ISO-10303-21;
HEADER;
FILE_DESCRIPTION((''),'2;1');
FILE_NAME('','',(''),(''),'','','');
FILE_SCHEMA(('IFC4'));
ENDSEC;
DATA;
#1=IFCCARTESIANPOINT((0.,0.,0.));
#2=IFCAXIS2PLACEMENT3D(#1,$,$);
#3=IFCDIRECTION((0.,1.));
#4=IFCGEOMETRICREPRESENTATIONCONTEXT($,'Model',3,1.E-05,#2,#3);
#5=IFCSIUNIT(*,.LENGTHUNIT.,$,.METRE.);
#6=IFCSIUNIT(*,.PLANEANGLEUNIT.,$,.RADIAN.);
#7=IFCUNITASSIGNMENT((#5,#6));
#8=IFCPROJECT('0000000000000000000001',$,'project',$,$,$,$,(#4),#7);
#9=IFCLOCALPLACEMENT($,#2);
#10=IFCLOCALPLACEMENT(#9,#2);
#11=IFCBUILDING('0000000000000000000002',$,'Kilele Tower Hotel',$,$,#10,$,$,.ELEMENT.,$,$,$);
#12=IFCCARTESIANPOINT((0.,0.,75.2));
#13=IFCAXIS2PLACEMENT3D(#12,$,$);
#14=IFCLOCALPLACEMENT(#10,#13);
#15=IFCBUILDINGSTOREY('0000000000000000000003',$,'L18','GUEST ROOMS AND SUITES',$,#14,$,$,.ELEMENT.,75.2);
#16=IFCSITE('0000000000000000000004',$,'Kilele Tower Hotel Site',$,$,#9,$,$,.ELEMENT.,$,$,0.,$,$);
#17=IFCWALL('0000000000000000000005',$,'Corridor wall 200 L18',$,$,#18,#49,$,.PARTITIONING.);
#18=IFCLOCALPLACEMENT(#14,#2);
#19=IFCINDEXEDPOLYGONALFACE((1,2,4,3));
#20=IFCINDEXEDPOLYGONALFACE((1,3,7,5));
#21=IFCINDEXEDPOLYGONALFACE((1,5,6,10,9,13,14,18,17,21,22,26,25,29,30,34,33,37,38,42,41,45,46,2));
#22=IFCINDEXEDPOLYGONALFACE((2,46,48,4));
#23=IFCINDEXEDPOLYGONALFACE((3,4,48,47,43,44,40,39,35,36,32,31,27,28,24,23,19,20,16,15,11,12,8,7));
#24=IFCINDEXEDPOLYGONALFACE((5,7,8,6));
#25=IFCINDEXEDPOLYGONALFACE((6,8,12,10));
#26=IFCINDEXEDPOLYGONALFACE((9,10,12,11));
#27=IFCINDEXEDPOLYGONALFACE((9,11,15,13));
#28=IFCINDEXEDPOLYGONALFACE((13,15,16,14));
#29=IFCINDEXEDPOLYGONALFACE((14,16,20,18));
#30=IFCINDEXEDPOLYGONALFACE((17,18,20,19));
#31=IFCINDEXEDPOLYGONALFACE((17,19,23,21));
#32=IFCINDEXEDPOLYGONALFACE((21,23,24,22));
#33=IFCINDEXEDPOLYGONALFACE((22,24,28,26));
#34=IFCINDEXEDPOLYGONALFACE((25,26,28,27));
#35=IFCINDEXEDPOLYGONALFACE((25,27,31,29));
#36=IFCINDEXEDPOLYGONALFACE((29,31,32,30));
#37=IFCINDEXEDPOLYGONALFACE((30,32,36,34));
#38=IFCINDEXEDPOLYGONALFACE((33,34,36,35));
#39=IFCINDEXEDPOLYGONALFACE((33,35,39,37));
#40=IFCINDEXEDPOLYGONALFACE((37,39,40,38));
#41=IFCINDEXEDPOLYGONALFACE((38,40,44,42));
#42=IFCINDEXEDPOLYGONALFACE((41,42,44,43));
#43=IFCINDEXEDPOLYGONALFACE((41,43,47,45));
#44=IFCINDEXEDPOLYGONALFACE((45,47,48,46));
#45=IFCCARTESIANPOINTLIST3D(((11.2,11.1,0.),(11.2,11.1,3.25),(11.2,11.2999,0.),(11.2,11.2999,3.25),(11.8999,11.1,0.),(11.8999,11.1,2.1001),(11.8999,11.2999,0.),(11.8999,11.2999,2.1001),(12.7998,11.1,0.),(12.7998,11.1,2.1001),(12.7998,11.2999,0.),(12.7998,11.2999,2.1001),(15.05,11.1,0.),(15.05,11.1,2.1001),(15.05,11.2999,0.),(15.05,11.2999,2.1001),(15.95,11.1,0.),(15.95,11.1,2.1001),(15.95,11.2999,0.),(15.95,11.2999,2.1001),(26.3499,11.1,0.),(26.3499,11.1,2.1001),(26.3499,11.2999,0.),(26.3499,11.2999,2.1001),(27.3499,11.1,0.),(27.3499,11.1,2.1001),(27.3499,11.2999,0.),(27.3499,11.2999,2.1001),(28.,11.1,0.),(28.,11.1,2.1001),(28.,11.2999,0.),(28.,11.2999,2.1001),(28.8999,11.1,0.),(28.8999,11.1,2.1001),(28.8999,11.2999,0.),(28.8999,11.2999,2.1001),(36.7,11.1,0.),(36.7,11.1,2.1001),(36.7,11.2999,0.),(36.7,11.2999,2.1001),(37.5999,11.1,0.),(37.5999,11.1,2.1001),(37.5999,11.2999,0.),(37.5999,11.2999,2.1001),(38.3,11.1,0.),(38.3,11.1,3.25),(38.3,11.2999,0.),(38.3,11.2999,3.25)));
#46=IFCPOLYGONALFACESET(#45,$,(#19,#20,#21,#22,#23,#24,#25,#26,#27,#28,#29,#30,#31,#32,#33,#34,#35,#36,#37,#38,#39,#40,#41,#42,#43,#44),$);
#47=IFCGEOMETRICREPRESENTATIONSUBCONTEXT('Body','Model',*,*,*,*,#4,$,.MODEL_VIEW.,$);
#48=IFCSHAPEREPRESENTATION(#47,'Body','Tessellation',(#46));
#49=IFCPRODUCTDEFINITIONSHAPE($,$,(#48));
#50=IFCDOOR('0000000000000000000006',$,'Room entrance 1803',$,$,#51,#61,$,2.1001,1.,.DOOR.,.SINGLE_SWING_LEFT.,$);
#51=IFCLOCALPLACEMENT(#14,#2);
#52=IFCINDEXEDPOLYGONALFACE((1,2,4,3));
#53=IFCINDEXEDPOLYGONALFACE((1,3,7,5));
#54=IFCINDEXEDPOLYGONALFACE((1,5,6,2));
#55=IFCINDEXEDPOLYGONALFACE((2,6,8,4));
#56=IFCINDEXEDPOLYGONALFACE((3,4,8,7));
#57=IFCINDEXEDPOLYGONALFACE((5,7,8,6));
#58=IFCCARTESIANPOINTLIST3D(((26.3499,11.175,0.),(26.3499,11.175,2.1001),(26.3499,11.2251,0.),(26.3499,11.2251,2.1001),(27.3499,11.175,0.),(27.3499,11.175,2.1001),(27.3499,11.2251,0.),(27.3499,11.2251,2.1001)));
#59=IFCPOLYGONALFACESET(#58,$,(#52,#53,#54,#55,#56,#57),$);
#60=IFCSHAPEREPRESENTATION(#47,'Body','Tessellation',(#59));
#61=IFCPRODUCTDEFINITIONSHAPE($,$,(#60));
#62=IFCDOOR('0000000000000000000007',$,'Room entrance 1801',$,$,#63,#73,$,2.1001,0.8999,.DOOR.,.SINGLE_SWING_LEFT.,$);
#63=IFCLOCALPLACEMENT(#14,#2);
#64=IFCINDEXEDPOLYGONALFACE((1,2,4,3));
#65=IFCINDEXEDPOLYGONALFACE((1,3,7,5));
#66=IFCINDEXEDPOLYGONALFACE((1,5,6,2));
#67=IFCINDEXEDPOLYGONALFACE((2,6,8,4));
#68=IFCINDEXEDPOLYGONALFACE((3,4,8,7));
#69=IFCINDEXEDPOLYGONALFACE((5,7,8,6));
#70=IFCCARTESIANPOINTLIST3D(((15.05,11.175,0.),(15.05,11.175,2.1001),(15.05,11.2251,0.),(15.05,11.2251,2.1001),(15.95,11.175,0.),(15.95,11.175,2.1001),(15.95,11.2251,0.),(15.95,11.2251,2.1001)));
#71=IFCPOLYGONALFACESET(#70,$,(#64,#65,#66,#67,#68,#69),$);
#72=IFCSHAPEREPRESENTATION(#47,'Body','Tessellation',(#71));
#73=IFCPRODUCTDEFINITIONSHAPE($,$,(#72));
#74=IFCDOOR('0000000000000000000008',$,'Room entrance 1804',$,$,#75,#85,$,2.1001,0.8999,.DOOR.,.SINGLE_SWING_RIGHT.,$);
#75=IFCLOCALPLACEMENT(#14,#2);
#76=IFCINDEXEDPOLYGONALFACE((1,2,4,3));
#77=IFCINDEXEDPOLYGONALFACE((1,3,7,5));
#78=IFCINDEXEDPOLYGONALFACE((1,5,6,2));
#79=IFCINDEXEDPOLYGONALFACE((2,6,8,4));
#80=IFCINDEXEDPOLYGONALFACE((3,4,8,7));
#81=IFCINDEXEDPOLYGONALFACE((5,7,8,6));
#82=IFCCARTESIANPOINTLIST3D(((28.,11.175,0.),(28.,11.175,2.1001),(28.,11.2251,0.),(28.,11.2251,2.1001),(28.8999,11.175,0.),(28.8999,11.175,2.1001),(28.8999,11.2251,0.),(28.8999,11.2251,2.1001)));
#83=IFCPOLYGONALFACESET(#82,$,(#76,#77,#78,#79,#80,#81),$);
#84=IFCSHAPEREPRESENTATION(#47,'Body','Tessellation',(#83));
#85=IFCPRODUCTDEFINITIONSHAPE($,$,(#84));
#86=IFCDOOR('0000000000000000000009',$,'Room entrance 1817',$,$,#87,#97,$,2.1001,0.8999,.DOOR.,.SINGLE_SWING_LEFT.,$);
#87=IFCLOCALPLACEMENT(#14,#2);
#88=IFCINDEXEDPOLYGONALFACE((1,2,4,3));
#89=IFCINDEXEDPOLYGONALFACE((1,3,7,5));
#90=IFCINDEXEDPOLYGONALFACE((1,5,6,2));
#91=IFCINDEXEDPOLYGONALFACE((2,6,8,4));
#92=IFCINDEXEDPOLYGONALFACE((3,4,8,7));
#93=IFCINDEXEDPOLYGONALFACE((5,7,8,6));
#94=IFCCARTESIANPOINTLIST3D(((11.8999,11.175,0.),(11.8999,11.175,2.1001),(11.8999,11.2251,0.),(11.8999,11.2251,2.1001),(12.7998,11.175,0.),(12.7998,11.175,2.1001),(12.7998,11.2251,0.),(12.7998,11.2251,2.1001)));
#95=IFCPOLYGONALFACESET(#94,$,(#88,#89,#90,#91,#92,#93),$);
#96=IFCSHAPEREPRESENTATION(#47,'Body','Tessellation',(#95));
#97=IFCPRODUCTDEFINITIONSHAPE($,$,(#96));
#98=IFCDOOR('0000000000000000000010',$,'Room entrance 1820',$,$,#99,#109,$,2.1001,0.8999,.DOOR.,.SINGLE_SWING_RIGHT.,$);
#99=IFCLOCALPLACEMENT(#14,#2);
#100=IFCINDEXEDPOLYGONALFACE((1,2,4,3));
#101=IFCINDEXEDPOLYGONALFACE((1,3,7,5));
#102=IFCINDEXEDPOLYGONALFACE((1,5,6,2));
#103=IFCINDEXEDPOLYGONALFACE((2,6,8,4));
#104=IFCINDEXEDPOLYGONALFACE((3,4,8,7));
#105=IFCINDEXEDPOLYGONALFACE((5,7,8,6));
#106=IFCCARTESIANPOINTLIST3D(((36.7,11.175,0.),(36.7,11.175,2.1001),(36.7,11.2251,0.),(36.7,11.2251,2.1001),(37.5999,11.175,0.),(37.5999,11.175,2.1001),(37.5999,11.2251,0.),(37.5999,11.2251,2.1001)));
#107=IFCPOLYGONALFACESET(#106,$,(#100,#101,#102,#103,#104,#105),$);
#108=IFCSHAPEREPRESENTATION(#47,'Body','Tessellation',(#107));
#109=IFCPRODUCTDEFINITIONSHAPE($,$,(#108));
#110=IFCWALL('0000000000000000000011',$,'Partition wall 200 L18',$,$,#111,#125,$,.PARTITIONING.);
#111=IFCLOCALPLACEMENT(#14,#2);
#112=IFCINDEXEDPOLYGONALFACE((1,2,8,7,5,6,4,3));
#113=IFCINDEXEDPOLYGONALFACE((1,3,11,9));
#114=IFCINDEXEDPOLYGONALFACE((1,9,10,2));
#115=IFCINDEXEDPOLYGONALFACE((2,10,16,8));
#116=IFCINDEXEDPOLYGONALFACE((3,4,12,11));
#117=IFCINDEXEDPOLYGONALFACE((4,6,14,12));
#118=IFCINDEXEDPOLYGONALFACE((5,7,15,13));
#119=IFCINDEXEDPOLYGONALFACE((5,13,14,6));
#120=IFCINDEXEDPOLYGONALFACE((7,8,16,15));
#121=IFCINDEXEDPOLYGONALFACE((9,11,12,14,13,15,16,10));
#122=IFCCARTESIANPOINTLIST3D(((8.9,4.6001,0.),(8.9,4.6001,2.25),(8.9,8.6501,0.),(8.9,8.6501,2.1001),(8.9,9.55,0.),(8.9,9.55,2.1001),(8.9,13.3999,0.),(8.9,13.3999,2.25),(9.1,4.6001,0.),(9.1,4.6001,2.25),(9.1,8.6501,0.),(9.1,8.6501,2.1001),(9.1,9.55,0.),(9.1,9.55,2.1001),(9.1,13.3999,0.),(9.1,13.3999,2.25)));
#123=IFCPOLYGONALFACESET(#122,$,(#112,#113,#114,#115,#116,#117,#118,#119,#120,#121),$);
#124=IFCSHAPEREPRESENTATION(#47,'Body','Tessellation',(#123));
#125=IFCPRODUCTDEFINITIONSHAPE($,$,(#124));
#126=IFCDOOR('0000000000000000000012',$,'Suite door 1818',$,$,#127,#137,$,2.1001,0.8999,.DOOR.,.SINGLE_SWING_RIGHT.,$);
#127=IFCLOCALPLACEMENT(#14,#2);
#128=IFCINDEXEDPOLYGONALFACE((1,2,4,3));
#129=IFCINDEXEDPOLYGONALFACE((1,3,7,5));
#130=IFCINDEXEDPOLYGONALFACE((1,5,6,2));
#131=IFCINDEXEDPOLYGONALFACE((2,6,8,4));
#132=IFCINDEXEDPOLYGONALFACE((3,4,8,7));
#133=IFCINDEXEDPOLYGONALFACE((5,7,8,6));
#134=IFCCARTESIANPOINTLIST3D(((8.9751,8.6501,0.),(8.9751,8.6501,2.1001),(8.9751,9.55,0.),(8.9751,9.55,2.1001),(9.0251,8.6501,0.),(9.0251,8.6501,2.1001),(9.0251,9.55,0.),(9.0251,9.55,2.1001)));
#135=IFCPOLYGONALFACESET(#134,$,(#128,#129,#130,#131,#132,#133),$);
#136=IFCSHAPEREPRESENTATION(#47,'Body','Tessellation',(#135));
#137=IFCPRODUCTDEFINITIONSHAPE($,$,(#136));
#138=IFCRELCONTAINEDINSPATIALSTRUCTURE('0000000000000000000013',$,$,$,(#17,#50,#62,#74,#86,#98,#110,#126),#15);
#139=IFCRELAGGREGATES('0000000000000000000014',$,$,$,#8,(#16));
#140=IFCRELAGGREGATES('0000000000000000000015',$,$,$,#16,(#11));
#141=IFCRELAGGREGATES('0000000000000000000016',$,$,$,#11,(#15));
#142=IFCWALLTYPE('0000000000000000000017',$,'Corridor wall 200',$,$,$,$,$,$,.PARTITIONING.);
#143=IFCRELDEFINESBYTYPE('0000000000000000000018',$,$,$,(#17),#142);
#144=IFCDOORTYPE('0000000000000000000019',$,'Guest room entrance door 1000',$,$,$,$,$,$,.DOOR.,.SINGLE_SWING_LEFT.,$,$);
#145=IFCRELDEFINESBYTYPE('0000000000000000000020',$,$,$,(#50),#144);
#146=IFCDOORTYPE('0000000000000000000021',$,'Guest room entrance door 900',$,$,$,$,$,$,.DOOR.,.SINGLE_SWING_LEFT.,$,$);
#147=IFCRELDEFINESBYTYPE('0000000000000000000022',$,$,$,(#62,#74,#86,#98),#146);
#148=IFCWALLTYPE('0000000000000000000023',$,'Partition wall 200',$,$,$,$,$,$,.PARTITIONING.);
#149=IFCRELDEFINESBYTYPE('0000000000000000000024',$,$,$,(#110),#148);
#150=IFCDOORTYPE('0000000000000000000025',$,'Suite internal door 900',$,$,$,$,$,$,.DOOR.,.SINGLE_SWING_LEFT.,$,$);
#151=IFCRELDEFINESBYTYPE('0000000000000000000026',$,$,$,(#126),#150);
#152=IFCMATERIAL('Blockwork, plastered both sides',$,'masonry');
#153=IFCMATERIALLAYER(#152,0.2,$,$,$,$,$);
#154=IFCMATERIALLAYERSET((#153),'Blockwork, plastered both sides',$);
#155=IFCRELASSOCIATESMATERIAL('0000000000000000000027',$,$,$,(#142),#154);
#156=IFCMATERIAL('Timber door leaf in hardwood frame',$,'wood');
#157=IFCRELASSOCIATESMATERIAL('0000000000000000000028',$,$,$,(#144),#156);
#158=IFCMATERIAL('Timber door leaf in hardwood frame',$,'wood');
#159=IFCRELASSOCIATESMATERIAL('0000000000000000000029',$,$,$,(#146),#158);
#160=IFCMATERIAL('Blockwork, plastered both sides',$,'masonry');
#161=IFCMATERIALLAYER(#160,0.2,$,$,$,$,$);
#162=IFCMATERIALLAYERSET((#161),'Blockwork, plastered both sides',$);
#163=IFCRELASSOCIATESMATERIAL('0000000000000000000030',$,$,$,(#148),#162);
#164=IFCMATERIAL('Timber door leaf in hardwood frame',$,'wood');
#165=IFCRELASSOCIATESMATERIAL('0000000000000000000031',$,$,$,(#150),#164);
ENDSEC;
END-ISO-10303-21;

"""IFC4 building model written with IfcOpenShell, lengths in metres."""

from ifc_helpers import new_model, si_unit, direction, frame, frame_2d, origin, place, context, subcontext, project, spatial, rectangle, extrude, material, layer, layer_set, type_object, element, fill, save


model = new_model("IFC4")

# Units and contexts
model_context = context("Model", 3, precision=1e-05, world=origin(), true_north=direction((0.0, 1.0)))
body_context = subcontext(model_context, "Body", "Model", "MODEL_VIEW")
ifc_project = project(units=[si_unit("LENGTHUNIT", "METRE"), si_unit("PLANEANGLEUNIT", "RADIAN")], contexts=[model_context])

# Site, building, storey
site_placement = place(None, origin())
site = spatial("IfcSite", under=ifc_project, at=site_placement, Name="Kilele Tower Hotel Site", CompositionType="ELEMENT", RefElevation=0.0)
building_placement = place(site_placement, origin())
building = spatial("IfcBuilding", under=site, at=building_placement, Name="Kilele Tower Hotel", CompositionType="ELEMENT")
storey_placement = place(building_placement, frame((0.0, 0.0, 75.2)))
storey = spatial("IfcBuildingStorey", under=building, at=storey_placement, Name="L18", Description="GUEST ROOMS AND SUITES", CompositionType="ELEMENT", Elevation=75.2)

# Wall, openings, doors
ifc_material_1 = material(Name="Blockwork, plastered both sides", Category="masonry")
ifc_layer_1 = layer(ifc_material_1, 0.2)
ifc_layer_set_1 = layer_set([ifc_layer_1], Name="Blockwork, plastered both sides")
wall_type_1 = type_object("IfcWallType", Name="Corridor wall 200", PredefinedType="PARTITIONING", material=ifc_layer_set_1)
wall_1_placement = place(storey_placement, frame((11.2, 11.2, 0.0), z_axis=(0.0, 0.0, 1.0), x_axis=(1.0, 0.0, 0.0)))
wall_1 = element("IfcWall", 1, at=wall_1_placement, inside=storey, type_object=wall_type_1, Name="Corridor wall 200 L18", PredefinedType="PARTITIONING", context=body_context, shape_type="SweptSolid", body=[
    extrude(rectangle(XDim=27.1001, YDim=0.2, at=frame_2d((13.55, 0.0))), origin(), (0.0, 0.0, 1.0), 3.25),
])
opening_1_placement = place(wall_1_placement, frame((4.75, 0.0, 0.0), z_axis=(0.0, 0.0, 1.0), x_axis=(-1.0, 0.0, 0.0)))
opening_1 = element("IfcOpeningElement", 2, at=opening_1_placement, cuts=wall_1, PredefinedType="OPENING", context=body_context, shape_type="SweptSolid", body=[
    extrude(rectangle(XDim=0.8999, YDim=2.1001, at=frame_2d((0.45, 1.05))), frame((0.0, 0.1099, 0.0), z_axis=(0.0, -1.0, 0.0), x_axis=(1.0, 0.0, 0.0)), (0.0, 0.0, 1.0), 0.22),
])
opening_2_placement = place(wall_1_placement, frame((16.1499, 0.0, 0.0), z_axis=(0.0, 0.0, 1.0), x_axis=(-1.0, 0.0, 0.0)))
opening_2 = element("IfcOpeningElement", 3, at=opening_2_placement, cuts=wall_1, PredefinedType="OPENING", context=body_context, shape_type="SweptSolid", body=[
    extrude(rectangle(XDim=1.0, YDim=2.1001, at=frame_2d((0.5, 1.05))), frame((0.0, 0.1099, 0.0), z_axis=(0.0, -1.0, 0.0), x_axis=(1.0, 0.0, 0.0)), (0.0, 0.0, 1.0), 0.22),
])
opening_3_placement = place(wall_1_placement, frame((17.7, 0.0, 0.0), z_axis=(0.0, 0.0, 1.0), x_axis=(-1.0, 0.0, 0.0)))
opening_3 = element("IfcOpeningElement", 4, at=opening_3_placement, cuts=wall_1, PredefinedType="OPENING", context=body_context, shape_type="SweptSolid", body=[
    extrude(rectangle(XDim=0.8999, YDim=2.1001, at=frame_2d((0.45, 1.05))), frame((0.0, 0.1099, 0.0), z_axis=(0.0, -1.0, 0.0), x_axis=(1.0, 0.0, 0.0)), (0.0, 0.0, 1.0), 0.22),
])
opening_4_placement = place(wall_1_placement, frame((1.5999, 0.0, 0.0), z_axis=(0.0, 0.0, 1.0), x_axis=(-1.0, 0.0, 0.0)))
opening_4 = element("IfcOpeningElement", 5, at=opening_4_placement, cuts=wall_1, PredefinedType="OPENING", context=body_context, shape_type="SweptSolid", body=[
    extrude(rectangle(XDim=0.8999, YDim=2.1001, at=frame_2d((0.45, 1.05))), frame((0.0, 0.1099, 0.0), z_axis=(0.0, -1.0, 0.0), x_axis=(1.0, 0.0, 0.0)), (0.0, 0.0, 1.0), 0.22),
])
opening_5_placement = place(wall_1_placement, frame((26.3999, 0.0, 0.0), z_axis=(0.0, 0.0, 1.0), x_axis=(-1.0, 0.0, 0.0)))
opening_5 = element("IfcOpeningElement", 6, at=opening_5_placement, cuts=wall_1, PredefinedType="OPENING", context=body_context, shape_type="SweptSolid", body=[
    extrude(rectangle(XDim=0.8999, YDim=2.1001, at=frame_2d((0.45, 1.05))), frame((0.0, 0.1099, 0.0), z_axis=(0.0, -1.0, 0.0), x_axis=(1.0, 0.0, 0.0)), (0.0, 0.0, 1.0), 0.22),
])
ifc_material_2 = material(Name="Timber door leaf in hardwood frame", Category="wood")
door_type_1 = type_object("IfcDoorType", Name="Guest room entrance door 1000", OperationType="SINGLE_SWING_LEFT", PredefinedType="DOOR", material=ifc_material_2)
door_1_placement = place(opening_2_placement, origin())
door_1 = element("IfcDoor", 7, at=door_1_placement, inside=storey, type_object=door_type_1, Name="Room entrance 1803", OperationType="SINGLE_SWING_LEFT", OverallHeight=2.1001, OverallWidth=1.0, PredefinedType="DOOR", context=body_context, shape_type="SweptSolid", body=[
    extrude(rectangle(XDim=1.0, YDim=2.1001, at=frame_2d((0.5, 1.05))), frame((0.0, 0.0249, 0.0), z_axis=(0.0, -1.0, 0.0), x_axis=(1.0, 0.0, 0.0)), (0.0, 0.0, 1.0), 0.05),
])
fill(opening_2, door_1)
ifc_material_3 = material(Name="Timber door leaf in hardwood frame", Category="wood")
door_type_2 = type_object("IfcDoorType", Name="Guest room entrance door 900", OperationType="SINGLE_SWING_LEFT", PredefinedType="DOOR", material=ifc_material_3)
door_2_placement = place(opening_1_placement, origin())
door_2 = element("IfcDoor", 8, at=door_2_placement, inside=storey, type_object=door_type_2, Name="Room entrance 1801", OperationType="SINGLE_SWING_LEFT", OverallHeight=2.1001, OverallWidth=0.8999, PredefinedType="DOOR", context=body_context, shape_type="SweptSolid", body=[
    extrude(rectangle(XDim=0.8999, YDim=2.1001, at=frame_2d((0.45, 1.05))), frame((0.0, 0.0249, 0.0), z_axis=(0.0, -1.0, 0.0), x_axis=(1.0, 0.0, 0.0)), (0.0, 0.0, 1.0), 0.05),
])
fill(opening_1, door_2)
door_3_placement = place(opening_3_placement, origin())
door_3 = element("IfcDoor", 9, at=door_3_placement, inside=storey, type_object=door_type_2, Name="Room entrance 1804", OperationType="SINGLE_SWING_RIGHT", OverallHeight=2.1001, OverallWidth=0.8999, PredefinedType="DOOR", context=body_context, shape_type="SweptSolid", body=[
    extrude(rectangle(XDim=0.8999, YDim=2.1001, at=frame_2d((0.45, 1.05))), frame((0.0, 0.0249, 0.0), z_axis=(0.0, -1.0, 0.0), x_axis=(1.0, 0.0, 0.0)), (0.0, 0.0, 1.0), 0.05),
])
fill(opening_3, door_3)
door_4_placement = place(opening_4_placement, origin())
door_4 = element("IfcDoor", 10, at=door_4_placement, inside=storey, type_object=door_type_2, Name="Room entrance 1817", OperationType="SINGLE_SWING_LEFT", OverallHeight=2.1001, OverallWidth=0.8999, PredefinedType="DOOR", context=body_context, shape_type="SweptSolid", body=[
    extrude(rectangle(XDim=0.8999, YDim=2.1001, at=frame_2d((0.45, 1.05))), frame((0.0, 0.0249, 0.0), z_axis=(0.0, -1.0, 0.0), x_axis=(1.0, 0.0, 0.0)), (0.0, 0.0, 1.0), 0.05),
])
fill(opening_4, door_4)
door_5_placement = place(opening_5_placement, origin())
door_5 = element("IfcDoor", 11, at=door_5_placement, inside=storey, type_object=door_type_2, Name="Room entrance 1820", OperationType="SINGLE_SWING_RIGHT", OverallHeight=2.1001, OverallWidth=0.8999, PredefinedType="DOOR", context=body_context, shape_type="SweptSolid", body=[
    extrude(rectangle(XDim=0.8999, YDim=2.1001, at=frame_2d((0.45, 1.05))), frame((0.0, 0.0249, 0.0), z_axis=(0.0, -1.0, 0.0), x_axis=(1.0, 0.0, 0.0)), (0.0, 0.0, 1.0), 0.05),
])
fill(opening_5, door_5)

# Wall, opening, door
ifc_material_4 = material(Name="Blockwork, plastered both sides", Category="masonry")
ifc_layer_2 = layer(ifc_material_4, 0.2)
ifc_layer_set_2 = layer_set([ifc_layer_2], Name="Blockwork, plastered both sides")
wall_type_2 = type_object("IfcWallType", Name="Partition wall 200", PredefinedType="PARTITIONING", material=ifc_layer_set_2)
wall_2_placement = place(storey_placement, frame((9.0, 4.6001, 0.0), z_axis=(0.0, 0.0, 1.0), x_axis=(0.0, 1.0, 0.0)))
wall_2 = element("IfcWall", 12, at=wall_2_placement, inside=storey, type_object=wall_type_2, Name="Partition wall 200 L18", PredefinedType="PARTITIONING", context=body_context, shape_type="SweptSolid", body=[
    extrude(rectangle(XDim=8.7998, YDim=0.2, at=frame_2d((4.3999, 0.0))), origin(), (0.0, 0.0, 1.0), 2.25),
])
opening_6_placement = place(wall_2_placement, frame((4.05, 0.0, 0.0)))
opening_6 = element("IfcOpeningElement", 13, at=opening_6_placement, cuts=wall_2, PredefinedType="OPENING", context=body_context, shape_type="SweptSolid", body=[
    extrude(rectangle(XDim=0.8999, YDim=2.1001, at=frame_2d((0.45, 1.05))), frame((0.0, 0.1099, 0.0), z_axis=(0.0, -1.0, 0.0), x_axis=(1.0, 0.0, 0.0)), (0.0, 0.0, 1.0), 0.22),
])
ifc_material_5 = material(Name="Timber door leaf in hardwood frame", Category="wood")
door_type_3 = type_object("IfcDoorType", Name="Suite internal door 900", OperationType="SINGLE_SWING_LEFT", PredefinedType="DOOR", material=ifc_material_5)
door_6_placement = place(opening_6_placement, origin())
door_6 = element("IfcDoor", 14, at=door_6_placement, inside=storey, type_object=door_type_3, Name="Suite door 1818", OperationType="SINGLE_SWING_RIGHT", OverallHeight=2.1001, OverallWidth=0.8999, PredefinedType="DOOR", context=body_context, shape_type="SweptSolid", body=[
    extrude(rectangle(XDim=0.8999, YDim=2.1001, at=frame_2d((0.45, 1.05))), frame((0.0, 0.0249, 0.0), z_axis=(0.0, -1.0, 0.0), x_axis=(1.0, 0.0, 0.0)), (0.0, 0.0, 1.0), 0.05),
])
fill(opening_6, door_6)

save(model, "model.ifc")
